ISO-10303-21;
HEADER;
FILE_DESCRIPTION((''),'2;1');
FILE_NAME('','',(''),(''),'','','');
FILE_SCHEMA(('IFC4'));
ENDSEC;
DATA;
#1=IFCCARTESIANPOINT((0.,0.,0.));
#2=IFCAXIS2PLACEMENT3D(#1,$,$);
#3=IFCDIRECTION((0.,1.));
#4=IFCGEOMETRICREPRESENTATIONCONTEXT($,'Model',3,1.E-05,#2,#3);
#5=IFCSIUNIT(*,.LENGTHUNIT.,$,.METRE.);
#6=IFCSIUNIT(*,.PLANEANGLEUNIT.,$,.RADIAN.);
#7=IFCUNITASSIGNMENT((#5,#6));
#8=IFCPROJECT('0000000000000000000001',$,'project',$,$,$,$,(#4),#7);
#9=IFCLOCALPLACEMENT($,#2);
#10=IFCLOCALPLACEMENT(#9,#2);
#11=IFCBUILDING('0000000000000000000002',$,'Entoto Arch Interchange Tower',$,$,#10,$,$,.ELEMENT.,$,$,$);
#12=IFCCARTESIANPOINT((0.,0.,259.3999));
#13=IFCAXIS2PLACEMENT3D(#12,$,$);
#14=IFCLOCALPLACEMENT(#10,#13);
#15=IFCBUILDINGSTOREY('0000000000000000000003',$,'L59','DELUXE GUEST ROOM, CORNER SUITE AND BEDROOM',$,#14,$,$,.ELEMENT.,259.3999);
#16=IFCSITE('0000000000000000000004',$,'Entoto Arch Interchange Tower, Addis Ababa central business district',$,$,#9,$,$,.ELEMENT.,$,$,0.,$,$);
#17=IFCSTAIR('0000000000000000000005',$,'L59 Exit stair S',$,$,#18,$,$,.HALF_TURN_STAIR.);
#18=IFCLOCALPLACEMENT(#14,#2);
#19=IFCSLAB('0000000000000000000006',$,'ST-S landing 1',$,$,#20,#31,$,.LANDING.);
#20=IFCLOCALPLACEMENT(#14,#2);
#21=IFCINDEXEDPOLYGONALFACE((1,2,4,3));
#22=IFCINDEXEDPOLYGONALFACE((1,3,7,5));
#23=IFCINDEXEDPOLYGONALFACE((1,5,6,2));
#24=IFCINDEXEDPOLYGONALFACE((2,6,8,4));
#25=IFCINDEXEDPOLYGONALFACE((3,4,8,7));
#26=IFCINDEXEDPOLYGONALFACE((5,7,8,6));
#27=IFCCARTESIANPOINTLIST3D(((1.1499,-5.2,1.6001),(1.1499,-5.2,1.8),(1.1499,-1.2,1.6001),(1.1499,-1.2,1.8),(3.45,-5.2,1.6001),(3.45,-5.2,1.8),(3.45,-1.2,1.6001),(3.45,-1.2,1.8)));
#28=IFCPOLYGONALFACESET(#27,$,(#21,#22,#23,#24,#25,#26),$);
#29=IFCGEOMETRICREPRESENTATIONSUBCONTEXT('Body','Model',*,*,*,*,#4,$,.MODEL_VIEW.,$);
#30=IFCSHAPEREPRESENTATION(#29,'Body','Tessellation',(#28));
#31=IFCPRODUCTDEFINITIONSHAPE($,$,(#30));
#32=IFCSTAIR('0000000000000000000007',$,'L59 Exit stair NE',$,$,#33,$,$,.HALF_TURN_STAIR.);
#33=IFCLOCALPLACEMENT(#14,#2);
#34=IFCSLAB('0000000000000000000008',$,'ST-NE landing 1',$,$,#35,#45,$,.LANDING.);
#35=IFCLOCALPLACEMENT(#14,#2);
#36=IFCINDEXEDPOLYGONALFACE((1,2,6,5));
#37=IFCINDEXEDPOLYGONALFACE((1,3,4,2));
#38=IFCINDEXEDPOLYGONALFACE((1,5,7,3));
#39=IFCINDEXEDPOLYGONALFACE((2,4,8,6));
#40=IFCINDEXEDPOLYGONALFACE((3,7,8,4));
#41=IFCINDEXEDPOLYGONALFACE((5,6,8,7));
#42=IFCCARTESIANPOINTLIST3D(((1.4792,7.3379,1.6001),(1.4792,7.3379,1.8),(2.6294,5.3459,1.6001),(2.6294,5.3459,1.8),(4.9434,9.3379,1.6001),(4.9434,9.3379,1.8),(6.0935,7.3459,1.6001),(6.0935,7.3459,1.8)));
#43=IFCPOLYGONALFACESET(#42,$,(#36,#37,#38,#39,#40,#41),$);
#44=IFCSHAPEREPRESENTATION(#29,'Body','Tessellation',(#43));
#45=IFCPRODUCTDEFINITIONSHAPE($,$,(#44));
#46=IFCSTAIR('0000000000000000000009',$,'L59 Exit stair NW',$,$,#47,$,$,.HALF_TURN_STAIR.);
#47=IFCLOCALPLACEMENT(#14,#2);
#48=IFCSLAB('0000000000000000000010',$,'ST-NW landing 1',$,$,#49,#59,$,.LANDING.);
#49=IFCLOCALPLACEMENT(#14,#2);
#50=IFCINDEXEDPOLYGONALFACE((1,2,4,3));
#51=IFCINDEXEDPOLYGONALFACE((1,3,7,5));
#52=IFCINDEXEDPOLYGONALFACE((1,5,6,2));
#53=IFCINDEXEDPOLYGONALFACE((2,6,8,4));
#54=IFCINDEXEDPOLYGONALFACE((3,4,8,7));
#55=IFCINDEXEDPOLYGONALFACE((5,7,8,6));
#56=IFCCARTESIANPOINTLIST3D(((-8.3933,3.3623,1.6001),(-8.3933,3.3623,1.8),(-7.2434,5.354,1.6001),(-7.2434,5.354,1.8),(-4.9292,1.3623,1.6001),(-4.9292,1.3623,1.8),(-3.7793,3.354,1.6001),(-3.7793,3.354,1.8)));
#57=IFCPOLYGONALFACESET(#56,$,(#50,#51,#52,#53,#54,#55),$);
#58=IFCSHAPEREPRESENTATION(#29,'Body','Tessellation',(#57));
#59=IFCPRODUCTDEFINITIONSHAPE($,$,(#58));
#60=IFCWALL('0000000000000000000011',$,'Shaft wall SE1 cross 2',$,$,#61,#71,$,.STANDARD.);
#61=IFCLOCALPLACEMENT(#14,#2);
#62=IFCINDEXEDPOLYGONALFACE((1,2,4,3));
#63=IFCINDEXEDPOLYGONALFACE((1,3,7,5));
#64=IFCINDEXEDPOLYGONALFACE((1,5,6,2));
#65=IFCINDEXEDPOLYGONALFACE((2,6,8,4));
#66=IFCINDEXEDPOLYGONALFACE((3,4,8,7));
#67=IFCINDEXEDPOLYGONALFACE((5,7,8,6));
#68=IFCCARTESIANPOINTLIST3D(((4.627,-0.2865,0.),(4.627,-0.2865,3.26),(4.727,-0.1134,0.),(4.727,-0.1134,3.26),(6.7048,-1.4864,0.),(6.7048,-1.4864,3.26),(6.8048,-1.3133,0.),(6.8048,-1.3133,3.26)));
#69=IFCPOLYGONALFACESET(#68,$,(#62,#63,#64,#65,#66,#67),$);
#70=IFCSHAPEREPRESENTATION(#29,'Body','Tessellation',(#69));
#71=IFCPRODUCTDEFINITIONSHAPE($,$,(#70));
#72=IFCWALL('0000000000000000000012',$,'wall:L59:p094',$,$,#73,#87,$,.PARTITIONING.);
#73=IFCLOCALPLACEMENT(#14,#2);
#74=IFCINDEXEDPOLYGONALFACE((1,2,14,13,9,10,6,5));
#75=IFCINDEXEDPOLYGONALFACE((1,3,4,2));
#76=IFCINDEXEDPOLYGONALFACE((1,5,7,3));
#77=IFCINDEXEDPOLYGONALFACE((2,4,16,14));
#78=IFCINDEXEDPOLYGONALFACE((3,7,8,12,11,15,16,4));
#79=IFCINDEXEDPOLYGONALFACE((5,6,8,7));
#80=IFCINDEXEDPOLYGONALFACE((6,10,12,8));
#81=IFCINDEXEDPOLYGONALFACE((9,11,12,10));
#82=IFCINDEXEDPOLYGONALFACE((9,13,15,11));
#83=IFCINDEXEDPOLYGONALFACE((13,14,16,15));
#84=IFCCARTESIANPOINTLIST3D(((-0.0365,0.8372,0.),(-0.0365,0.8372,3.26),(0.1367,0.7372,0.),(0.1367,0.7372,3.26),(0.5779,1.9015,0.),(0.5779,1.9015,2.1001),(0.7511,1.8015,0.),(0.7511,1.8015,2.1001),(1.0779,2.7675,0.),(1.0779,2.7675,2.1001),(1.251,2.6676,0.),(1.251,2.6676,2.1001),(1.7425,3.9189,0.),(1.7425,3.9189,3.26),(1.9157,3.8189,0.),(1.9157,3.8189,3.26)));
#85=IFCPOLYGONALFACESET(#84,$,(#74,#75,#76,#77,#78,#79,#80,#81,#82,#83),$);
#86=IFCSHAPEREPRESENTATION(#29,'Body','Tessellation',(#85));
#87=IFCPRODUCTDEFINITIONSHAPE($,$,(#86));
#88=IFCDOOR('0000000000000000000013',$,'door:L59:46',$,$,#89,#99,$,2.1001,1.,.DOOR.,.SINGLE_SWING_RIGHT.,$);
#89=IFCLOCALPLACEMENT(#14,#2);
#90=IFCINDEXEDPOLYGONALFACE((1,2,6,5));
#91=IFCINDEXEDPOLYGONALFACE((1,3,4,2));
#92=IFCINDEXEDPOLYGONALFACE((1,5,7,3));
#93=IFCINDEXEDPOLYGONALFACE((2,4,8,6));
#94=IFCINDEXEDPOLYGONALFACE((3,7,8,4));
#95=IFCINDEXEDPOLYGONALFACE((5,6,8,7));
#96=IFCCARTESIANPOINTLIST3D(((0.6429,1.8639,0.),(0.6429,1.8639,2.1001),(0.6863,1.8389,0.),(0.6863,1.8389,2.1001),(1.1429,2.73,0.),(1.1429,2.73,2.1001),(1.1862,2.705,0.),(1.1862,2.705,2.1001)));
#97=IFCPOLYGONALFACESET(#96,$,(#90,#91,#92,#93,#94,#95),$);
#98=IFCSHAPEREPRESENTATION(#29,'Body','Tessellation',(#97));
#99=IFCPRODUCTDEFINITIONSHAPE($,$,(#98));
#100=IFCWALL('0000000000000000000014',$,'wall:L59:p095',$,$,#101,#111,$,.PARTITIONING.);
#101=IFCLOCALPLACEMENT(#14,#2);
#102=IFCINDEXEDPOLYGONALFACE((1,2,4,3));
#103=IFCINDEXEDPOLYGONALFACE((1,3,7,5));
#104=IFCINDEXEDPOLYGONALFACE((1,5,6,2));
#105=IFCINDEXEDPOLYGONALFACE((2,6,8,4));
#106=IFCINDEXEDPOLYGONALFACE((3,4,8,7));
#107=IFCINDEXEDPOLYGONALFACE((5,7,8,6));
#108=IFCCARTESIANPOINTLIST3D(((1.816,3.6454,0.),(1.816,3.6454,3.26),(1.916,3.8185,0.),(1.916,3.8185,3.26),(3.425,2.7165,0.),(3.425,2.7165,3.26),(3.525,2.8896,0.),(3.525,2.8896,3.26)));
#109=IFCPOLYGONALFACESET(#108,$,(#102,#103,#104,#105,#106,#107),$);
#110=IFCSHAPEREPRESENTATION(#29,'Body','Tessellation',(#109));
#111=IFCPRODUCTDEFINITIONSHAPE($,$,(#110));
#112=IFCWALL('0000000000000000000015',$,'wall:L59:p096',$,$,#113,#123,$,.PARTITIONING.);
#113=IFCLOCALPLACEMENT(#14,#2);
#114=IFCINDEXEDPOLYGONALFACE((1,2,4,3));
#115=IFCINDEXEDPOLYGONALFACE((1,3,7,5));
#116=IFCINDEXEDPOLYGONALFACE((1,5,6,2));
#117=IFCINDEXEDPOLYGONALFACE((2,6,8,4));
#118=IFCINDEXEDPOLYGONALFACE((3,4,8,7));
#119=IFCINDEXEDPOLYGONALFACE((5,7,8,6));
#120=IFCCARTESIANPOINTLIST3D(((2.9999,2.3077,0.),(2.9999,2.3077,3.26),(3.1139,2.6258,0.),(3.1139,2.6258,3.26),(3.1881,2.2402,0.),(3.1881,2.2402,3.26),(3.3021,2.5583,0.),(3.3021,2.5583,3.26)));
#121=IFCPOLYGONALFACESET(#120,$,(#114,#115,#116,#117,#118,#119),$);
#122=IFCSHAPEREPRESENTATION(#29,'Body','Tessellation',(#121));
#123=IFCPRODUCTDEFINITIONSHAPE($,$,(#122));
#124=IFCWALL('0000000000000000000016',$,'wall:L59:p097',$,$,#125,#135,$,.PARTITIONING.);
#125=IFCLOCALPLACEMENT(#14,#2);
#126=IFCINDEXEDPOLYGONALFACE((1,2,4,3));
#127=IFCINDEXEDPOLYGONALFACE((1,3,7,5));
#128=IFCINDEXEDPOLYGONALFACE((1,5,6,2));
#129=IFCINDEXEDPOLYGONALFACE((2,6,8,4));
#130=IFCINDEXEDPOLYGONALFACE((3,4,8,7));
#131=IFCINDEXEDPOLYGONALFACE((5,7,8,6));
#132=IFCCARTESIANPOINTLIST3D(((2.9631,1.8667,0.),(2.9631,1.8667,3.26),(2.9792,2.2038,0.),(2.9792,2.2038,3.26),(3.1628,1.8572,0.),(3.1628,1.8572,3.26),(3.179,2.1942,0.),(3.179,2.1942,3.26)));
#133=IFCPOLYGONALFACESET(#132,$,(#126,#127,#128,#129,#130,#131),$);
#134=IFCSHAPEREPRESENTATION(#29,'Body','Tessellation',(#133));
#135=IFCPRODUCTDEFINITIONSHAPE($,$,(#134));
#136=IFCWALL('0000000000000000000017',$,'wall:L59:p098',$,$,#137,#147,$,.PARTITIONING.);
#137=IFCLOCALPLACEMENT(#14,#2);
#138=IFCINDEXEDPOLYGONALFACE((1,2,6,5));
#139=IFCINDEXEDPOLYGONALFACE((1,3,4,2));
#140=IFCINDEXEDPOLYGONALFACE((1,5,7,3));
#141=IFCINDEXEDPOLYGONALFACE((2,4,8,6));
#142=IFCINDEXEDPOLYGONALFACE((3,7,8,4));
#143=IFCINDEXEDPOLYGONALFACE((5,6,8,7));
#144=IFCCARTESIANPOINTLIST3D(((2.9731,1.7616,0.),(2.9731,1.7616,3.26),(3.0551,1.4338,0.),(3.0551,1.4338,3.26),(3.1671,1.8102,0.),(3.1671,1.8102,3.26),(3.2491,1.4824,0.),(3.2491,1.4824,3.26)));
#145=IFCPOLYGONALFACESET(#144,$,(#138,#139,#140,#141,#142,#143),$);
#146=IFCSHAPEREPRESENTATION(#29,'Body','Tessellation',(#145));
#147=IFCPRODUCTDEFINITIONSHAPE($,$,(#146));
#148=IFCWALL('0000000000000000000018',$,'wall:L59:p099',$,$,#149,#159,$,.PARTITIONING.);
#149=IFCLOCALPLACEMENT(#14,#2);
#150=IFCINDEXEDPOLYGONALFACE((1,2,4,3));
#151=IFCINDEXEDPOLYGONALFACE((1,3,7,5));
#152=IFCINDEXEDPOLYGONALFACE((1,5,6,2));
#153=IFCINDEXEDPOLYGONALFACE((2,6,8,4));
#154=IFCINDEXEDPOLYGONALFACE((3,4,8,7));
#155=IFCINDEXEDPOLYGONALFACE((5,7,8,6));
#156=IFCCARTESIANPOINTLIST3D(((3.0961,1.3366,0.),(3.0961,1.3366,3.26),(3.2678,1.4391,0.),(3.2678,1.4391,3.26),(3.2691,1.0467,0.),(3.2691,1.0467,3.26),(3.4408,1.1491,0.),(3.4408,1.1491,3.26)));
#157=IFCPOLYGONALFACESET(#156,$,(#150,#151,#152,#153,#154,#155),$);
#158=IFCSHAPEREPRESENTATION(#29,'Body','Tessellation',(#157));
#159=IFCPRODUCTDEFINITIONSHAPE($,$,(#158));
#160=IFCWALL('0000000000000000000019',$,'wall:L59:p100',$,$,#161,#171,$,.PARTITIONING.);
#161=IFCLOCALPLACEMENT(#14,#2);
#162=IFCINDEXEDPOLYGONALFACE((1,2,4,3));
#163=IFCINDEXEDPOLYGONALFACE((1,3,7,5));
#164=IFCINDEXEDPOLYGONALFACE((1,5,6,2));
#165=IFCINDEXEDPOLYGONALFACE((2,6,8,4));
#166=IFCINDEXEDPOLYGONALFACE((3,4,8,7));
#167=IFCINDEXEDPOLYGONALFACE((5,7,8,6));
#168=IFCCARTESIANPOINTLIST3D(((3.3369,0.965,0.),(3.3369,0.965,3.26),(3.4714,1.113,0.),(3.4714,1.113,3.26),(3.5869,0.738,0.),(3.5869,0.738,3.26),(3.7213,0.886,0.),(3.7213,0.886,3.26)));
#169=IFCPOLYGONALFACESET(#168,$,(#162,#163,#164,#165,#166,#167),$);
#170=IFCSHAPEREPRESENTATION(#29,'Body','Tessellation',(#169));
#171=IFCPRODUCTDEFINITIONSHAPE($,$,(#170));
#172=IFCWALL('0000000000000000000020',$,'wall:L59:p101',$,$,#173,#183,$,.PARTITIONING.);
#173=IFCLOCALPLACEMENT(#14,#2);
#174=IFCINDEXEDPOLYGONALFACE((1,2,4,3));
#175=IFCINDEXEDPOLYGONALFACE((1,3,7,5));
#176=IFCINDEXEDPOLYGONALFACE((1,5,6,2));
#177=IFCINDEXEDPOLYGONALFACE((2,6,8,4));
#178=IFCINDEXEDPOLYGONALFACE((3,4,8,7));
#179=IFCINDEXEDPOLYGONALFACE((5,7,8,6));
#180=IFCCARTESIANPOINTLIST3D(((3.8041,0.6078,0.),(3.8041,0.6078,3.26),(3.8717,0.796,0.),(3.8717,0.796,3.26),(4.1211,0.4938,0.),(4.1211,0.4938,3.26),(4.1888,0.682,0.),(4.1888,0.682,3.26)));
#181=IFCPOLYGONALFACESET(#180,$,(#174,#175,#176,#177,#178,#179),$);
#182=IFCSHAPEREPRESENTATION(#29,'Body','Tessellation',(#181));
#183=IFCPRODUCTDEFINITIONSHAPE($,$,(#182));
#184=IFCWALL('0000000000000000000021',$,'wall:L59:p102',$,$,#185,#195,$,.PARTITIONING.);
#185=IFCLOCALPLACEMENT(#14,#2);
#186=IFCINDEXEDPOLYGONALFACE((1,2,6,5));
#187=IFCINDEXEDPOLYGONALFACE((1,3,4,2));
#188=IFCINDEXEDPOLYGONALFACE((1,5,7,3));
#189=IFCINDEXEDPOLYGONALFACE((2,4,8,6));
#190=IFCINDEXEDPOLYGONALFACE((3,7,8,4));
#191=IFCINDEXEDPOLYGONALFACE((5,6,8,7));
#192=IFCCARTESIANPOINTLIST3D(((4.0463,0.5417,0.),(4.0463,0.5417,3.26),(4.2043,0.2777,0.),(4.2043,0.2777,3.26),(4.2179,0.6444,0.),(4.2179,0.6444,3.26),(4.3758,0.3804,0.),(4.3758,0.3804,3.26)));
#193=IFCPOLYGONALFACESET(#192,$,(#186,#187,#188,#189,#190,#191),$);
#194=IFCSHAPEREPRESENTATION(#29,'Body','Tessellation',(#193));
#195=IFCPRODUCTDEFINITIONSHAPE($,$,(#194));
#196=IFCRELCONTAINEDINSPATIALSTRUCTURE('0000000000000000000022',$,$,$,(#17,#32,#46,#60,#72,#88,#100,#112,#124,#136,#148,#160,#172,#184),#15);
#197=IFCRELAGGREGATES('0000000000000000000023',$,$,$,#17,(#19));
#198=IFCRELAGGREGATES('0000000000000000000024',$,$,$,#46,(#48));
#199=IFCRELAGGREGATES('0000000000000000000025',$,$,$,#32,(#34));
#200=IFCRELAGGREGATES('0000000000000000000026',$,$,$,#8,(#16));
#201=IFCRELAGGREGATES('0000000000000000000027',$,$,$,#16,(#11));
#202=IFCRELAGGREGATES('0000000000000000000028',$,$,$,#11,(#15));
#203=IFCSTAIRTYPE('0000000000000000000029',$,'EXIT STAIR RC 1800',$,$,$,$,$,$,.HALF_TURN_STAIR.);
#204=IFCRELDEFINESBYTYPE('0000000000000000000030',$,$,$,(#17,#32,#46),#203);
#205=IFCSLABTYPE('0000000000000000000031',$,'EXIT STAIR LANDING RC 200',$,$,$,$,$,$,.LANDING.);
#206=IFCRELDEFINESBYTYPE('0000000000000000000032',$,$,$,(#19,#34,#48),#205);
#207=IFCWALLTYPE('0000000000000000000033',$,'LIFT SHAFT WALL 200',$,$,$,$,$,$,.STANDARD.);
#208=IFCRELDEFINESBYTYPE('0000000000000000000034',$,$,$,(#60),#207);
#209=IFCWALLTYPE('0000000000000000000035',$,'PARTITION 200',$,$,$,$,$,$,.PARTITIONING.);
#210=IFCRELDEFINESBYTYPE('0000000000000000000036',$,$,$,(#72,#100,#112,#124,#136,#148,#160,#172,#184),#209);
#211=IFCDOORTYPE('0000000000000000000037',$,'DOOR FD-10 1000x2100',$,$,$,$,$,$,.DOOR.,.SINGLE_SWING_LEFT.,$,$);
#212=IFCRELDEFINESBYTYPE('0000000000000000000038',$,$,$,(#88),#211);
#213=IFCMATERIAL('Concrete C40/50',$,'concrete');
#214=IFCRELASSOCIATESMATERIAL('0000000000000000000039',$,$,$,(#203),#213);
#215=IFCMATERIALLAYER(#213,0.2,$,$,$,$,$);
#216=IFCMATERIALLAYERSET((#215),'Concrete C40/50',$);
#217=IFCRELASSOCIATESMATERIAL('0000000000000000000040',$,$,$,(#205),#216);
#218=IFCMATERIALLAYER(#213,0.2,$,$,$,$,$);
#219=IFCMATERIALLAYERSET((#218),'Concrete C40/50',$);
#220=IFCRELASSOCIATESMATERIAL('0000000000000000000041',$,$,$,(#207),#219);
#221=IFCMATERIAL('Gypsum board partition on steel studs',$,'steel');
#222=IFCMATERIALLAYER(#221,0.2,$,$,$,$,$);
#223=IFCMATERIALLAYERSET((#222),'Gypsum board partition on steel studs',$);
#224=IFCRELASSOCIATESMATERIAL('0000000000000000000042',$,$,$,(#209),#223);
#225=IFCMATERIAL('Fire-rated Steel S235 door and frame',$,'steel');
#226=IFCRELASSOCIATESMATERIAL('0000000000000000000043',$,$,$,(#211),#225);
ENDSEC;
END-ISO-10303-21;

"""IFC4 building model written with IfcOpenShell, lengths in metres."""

from ifc_helpers import new_model, si_unit, direction, frame, frame_2d, origin, place, context, subcontext, project, spatial, polyline, rectangle, outline, extrude, material, layer, layer_set, type_object, element, fill, aggregate, save


model = new_model("IFC4")

# Units and contexts
model_context = context("Model", 3, precision=1e-05, world=origin(), true_north=direction((0.0, 1.0)))
body_context = subcontext(model_context, "Body", "Model", "MODEL_VIEW")
ifc_project = project(units=[si_unit("LENGTHUNIT", "METRE"), si_unit("PLANEANGLEUNIT", "RADIAN")], contexts=[model_context])

# Site, building, storey
site_placement = place(None, origin())
site = spatial("IfcSite", under=ifc_project, at=site_placement, Name="Entoto Arch Interchange Tower, Addis Ababa central business district", CompositionType="ELEMENT", RefElevation=0.0)
building_placement = place(site_placement, origin())
building = spatial("IfcBuilding", under=site, at=building_placement, Name="Entoto Arch Interchange Tower", CompositionType="ELEMENT")
storey_placement = place(building_placement, frame((0.0, 0.0, 259.3999)))
storey = spatial("IfcBuildingStorey", under=building, at=storey_placement, Name="L59", Description="DELUXE GUEST ROOM, CORNER SUITE AND BEDROOM", CompositionType="ELEMENT", Elevation=259.3999)

# Stairs, slabs
ifc_material_1 = material(Name="Concrete C40/50", Category="concrete")
stair_type = type_object("IfcStairType", Name="EXIT STAIR RC 1800", PredefinedType="HALF_TURN_STAIR", material=ifc_material_1)
stair_1_placement = place(storey_placement, origin())
stair_1 = element("IfcStair", 1, at=stair_1_placement, inside=storey, type_object=stair_type, Name="L59 Exit stair S", PredefinedType="HALF_TURN_STAIR")
ifc_layer_1 = layer(ifc_material_1, 0.2)
ifc_layer_set_1 = layer_set([ifc_layer_1], Name="Concrete C40/50")
slab_type = type_object("IfcSlabType", Name="EXIT STAIR LANDING RC 200", PredefinedType="LANDING", material=ifc_layer_set_1)
slab_1_placement = place(storey_placement, frame((0.0, 0.0, 1.6001)))
slab_1 = element("IfcSlab", 2, at=slab_1_placement, type_object=slab_type, Name="ST-S landing 1", PredefinedType="LANDING", context=body_context, shape_type="SweptSolid", body=[
    extrude(outline(polyline([(1.1499, -5.2), (3.45, -5.2), (3.45, -1.2), (1.1499, -1.2), (1.1499, -5.2)])), origin(), (0.0, 0.0, 1.0), 0.2),
])
aggregate(stair_1, [slab_1])
stair_2_placement = place(storey_placement, origin())
stair_2 = element("IfcStair", 3, at=stair_2_placement, inside=storey, type_object=stair_type, Name="L59 Exit stair NE", PredefinedType="HALF_TURN_STAIR")
slab_2_placement = place(storey_placement, frame((0.0, 0.0, 1.6001)))
slab_2 = element("IfcSlab", 4, at=slab_2_placement, type_object=slab_type, Name="ST-NE landing 1", PredefinedType="LANDING", context=body_context, shape_type="SweptSolid", body=[
    extrude(outline(polyline([(6.0935, 7.3459), (4.9434, 9.3379), (1.4792, 7.3379), (2.6294, 5.3459), (6.0935, 7.3459)])), origin(), (0.0, 0.0, 1.0), 0.2),
])
stair_3_placement = place(storey_placement, origin())
stair_3 = element("IfcStair", 5, at=stair_3_placement, inside=storey, type_object=stair_type, Name="L59 Exit stair NW", PredefinedType="HALF_TURN_STAIR")
slab_3_placement = place(storey_placement, frame((0.0, 0.0, 1.6001)))
slab_3 = element("IfcSlab", 6, at=slab_3_placement, type_object=slab_type, Name="ST-NW landing 1", PredefinedType="LANDING", context=body_context, shape_type="SweptSolid", body=[
    extrude(outline(polyline([(-7.2434, 5.354), (-8.3933, 3.3623), (-4.9292, 1.3623), (-3.7793, 3.354), (-7.2434, 5.354)])), origin(), (0.0, 0.0, 1.0), 0.2),
])
aggregate(stair_3, [slab_3])

# Wall
ifc_layer_2 = layer(ifc_material_1, 0.2)
ifc_layer_set_2 = layer_set([ifc_layer_2], Name="Concrete C40/50")
wall_type_1 = type_object("IfcWallType", Name="LIFT SHAFT WALL 200", PredefinedType="STANDARD", material=ifc_layer_set_2)
wall_1_placement = place(storey_placement, frame((4.677, -0.2, 0.0), z_axis=(0.0, 0.0, 1.0), x_axis=(0.865974, -0.500089, 0.0)))
element("IfcWall", 7, at=wall_1_placement, inside=storey, type_object=wall_type_1, Name="Shaft wall SE1 cross 2", PredefinedType="STANDARD", context=body_context, shape_type="SweptSolid", body=[
    extrude(rectangle(XDim=2.3994, YDim=0.2, at=frame_2d((1.1997, 0.0))), origin(), (0.0, 0.0, 1.0), 3.26),
])

# Wall, opening, door
ifc_material_2 = material(Name="Gypsum board partition on steel studs", Category="steel")
ifc_layer_3 = layer(ifc_material_2, 0.2)
ifc_layer_set_3 = layer_set([ifc_layer_3], Name="Gypsum board partition on steel studs")
wall_type_2 = type_object("IfcWallType", Name="PARTITION 200", PredefinedType="PARTITIONING", material=ifc_layer_set_3)
wall_2_placement = place(storey_placement, frame((0.05, 0.7871, 0.0), z_axis=(0.0, 0.0, 1.0), x_axis=(0.499954, 0.866052, 0.0)))
wall_2 = element("IfcWall", 8, at=wall_2_placement, inside=storey, type_object=wall_type_2, Name="wall:L59:p094", PredefinedType="PARTITIONING", context=body_context, shape_type="SweptSolid", body=[
    extrude(rectangle(XDim=3.5583, YDim=0.2, at=frame_2d((1.7793, 0.0))), origin(), (0.0, 0.0, 1.0), 3.26),
])
opening_1_placement = place(wall_2_placement, frame((1.229, 0.0, 0.0)))
opening_1 = element("IfcOpeningElement", 9, at=opening_1_placement, cuts=wall_2, PredefinedType="OPENING", context=body_context, shape_type="SweptSolid", body=[
    extrude(rectangle(XDim=1.0, YDim=2.1001, at=frame_2d((0.5, 1.05))), frame((0.0, 0.1099, 0.0), z_axis=(0.0, -1.0, 0.0), x_axis=(1.0, 0.0, 0.0)), (0.0, 0.0, 1.0), 0.22),
])
ifc_material_3 = material(Name="Fire-rated Steel S235 door and frame", Category="steel")
door_type_1 = type_object("IfcDoorType", Name="DOOR FD-10 1000x2100", OperationType="SINGLE_SWING_LEFT", PredefinedType="DOOR", material=ifc_material_3)
door_1_placement = place(opening_1_placement, origin())
door_1 = element("IfcDoor", 10, at=door_1_placement, inside=storey, type_object=door_type_1, Name="door:L59:46", OperationType="SINGLE_SWING_RIGHT", OverallHeight=2.1001, OverallWidth=1.0, PredefinedType="DOOR", context=body_context, shape_type="SweptSolid", body=[
    extrude(rectangle(XDim=1.0, YDim=2.1001, at=frame_2d((0.5, 1.05))), frame((0.0, 0.0249, 0.0), z_axis=(0.0, -1.0, 0.0), x_axis=(1.0, 0.0, 0.0)), (0.0, 0.0, 1.0), 0.05),
])
fill(opening_1, door_1)

# Walls
wall_3_placement = place(storey_placement, frame((1.866, 3.7319, 0.0), z_axis=(0.0, 0.0, 1.0), x_axis=(0.866043, -0.499969, 0.0)))
element("IfcWall", 11, at=wall_3_placement, inside=storey, type_object=wall_type_2, Name="wall:L59:p095", PredefinedType="PARTITIONING", context=body_context, shape_type="SweptSolid", body=[
    extrude(rectangle(XDim=1.8579, YDim=0.2, at=frame_2d((0.929, 0.0))), origin(), (0.0, 0.0, 1.0), 3.26),
])
wall_4_placement = place(storey_placement, frame((3.208, 2.592, 0.0), z_axis=(0.0, 0.0, 1.0), x_axis=(-0.337389, -0.941365, 0.0)))
element("IfcWall", 12, at=wall_4_placement, inside=storey, type_object=wall_type_2, Name="wall:L59:p096", PredefinedType="PARTITIONING", context=body_context, shape_type="SweptSolid", body=[
    extrude(rectangle(XDim=0.3379, YDim=0.2, at=frame_2d((0.1689, 0.0))), origin(), (0.0, 0.0, 1.0), 3.26),
])
wall_5_placement = place(storey_placement, frame((3.0791, 2.199, 0.0), z_axis=(0.0, 0.0, 1.0), x_axis=(-0.047771, -0.998858, 0.0)))
element("IfcWall", 13, at=wall_5_placement, inside=storey, type_object=wall_type_2, Name="wall:L59:p097", PredefinedType="PARTITIONING", context=body_context, shape_type="SweptSolid", body=[
    extrude(rectangle(XDim=0.3374, YDim=0.2, at=frame_2d((0.1687, 0.0))), origin(), (0.0, 0.0, 1.0), 3.26),
])
wall_6_placement = place(storey_placement, frame((3.0701, 1.7859, 0.0), z_axis=(0.0, 0.0, 1.0), x_axis=(0.242706, -0.9701, 0.0)))
element("IfcWall", 14, at=wall_6_placement, inside=storey, type_object=wall_type_2, Name="wall:L59:p098", PredefinedType="PARTITIONING", context=body_context, shape_type="SweptSolid", body=[
    extrude(rectangle(XDim=0.3379, YDim=0.2, at=frame_2d((0.1689, 0.0))), origin(), (0.0, 0.0, 1.0), 3.26),
])
for number, where, z_axis, x_axis, name in (
    (15, (3.1819, 1.3879, 0.0), (0.0, 0.0, 1.0), (0.512475, -0.858702, 0.0), "wall:L59:p099"),
    (16, (3.4041, 1.0391, 0.0), (0.0, 0.0, 1.0), (0.740267, -0.672313, 0.0), "wall:L59:p100"),
):
    element("IfcWall", number, at=place(storey_placement, frame(where, z_axis=z_axis, x_axis=x_axis)), inside=storey, type_object=wall_type_2, Name=name, PredefinedType="PARTITIONING", context=body_context, shape_type="SweptSolid", body=[
        extrude(rectangle(XDim=0.3376, YDim=0.2, at=frame_2d((0.1689, 0.0))), origin(), (0.0, 0.0, 1.0), 3.26),
    ])
wall_7_placement = place(storey_placement, frame((3.8379, 0.7019, 0.0), z_axis=(0.0, 0.0, 1.0), x_axis=(0.941035, -0.338309, 0.0)))
element("IfcWall", 17, at=wall_7_placement, inside=storey, type_object=wall_type_2, Name="wall:L59:p101", PredefinedType="PARTITIONING", context=body_context, shape_type="SweptSolid", body=[
    extrude(rectangle(XDim=0.3369, YDim=0.2, at=frame_2d((0.1685, 0.0))), origin(), (0.0, 0.0, 1.0), 3.26),
])
wall_8_placement = place(storey_placement, frame((4.1321, 0.593, 0.0), z_axis=(0.0, 0.0, 1.0), x_axis=(0.513562, -0.858053, 0.0)))
element("IfcWall", 18, at=wall_8_placement, inside=storey, type_object=wall_type_2, Name="wall:L59:p102", PredefinedType="PARTITIONING", context=body_context, shape_type="SweptSolid", body=[
    extrude(rectangle(XDim=0.3076, YDim=0.2, at=frame_2d((0.1538, 0.0))), origin(), (0.0, 0.0, 1.0), 3.26),
])

aggregate(stair_2, [slab_2])

save(model, "model.ifc")
